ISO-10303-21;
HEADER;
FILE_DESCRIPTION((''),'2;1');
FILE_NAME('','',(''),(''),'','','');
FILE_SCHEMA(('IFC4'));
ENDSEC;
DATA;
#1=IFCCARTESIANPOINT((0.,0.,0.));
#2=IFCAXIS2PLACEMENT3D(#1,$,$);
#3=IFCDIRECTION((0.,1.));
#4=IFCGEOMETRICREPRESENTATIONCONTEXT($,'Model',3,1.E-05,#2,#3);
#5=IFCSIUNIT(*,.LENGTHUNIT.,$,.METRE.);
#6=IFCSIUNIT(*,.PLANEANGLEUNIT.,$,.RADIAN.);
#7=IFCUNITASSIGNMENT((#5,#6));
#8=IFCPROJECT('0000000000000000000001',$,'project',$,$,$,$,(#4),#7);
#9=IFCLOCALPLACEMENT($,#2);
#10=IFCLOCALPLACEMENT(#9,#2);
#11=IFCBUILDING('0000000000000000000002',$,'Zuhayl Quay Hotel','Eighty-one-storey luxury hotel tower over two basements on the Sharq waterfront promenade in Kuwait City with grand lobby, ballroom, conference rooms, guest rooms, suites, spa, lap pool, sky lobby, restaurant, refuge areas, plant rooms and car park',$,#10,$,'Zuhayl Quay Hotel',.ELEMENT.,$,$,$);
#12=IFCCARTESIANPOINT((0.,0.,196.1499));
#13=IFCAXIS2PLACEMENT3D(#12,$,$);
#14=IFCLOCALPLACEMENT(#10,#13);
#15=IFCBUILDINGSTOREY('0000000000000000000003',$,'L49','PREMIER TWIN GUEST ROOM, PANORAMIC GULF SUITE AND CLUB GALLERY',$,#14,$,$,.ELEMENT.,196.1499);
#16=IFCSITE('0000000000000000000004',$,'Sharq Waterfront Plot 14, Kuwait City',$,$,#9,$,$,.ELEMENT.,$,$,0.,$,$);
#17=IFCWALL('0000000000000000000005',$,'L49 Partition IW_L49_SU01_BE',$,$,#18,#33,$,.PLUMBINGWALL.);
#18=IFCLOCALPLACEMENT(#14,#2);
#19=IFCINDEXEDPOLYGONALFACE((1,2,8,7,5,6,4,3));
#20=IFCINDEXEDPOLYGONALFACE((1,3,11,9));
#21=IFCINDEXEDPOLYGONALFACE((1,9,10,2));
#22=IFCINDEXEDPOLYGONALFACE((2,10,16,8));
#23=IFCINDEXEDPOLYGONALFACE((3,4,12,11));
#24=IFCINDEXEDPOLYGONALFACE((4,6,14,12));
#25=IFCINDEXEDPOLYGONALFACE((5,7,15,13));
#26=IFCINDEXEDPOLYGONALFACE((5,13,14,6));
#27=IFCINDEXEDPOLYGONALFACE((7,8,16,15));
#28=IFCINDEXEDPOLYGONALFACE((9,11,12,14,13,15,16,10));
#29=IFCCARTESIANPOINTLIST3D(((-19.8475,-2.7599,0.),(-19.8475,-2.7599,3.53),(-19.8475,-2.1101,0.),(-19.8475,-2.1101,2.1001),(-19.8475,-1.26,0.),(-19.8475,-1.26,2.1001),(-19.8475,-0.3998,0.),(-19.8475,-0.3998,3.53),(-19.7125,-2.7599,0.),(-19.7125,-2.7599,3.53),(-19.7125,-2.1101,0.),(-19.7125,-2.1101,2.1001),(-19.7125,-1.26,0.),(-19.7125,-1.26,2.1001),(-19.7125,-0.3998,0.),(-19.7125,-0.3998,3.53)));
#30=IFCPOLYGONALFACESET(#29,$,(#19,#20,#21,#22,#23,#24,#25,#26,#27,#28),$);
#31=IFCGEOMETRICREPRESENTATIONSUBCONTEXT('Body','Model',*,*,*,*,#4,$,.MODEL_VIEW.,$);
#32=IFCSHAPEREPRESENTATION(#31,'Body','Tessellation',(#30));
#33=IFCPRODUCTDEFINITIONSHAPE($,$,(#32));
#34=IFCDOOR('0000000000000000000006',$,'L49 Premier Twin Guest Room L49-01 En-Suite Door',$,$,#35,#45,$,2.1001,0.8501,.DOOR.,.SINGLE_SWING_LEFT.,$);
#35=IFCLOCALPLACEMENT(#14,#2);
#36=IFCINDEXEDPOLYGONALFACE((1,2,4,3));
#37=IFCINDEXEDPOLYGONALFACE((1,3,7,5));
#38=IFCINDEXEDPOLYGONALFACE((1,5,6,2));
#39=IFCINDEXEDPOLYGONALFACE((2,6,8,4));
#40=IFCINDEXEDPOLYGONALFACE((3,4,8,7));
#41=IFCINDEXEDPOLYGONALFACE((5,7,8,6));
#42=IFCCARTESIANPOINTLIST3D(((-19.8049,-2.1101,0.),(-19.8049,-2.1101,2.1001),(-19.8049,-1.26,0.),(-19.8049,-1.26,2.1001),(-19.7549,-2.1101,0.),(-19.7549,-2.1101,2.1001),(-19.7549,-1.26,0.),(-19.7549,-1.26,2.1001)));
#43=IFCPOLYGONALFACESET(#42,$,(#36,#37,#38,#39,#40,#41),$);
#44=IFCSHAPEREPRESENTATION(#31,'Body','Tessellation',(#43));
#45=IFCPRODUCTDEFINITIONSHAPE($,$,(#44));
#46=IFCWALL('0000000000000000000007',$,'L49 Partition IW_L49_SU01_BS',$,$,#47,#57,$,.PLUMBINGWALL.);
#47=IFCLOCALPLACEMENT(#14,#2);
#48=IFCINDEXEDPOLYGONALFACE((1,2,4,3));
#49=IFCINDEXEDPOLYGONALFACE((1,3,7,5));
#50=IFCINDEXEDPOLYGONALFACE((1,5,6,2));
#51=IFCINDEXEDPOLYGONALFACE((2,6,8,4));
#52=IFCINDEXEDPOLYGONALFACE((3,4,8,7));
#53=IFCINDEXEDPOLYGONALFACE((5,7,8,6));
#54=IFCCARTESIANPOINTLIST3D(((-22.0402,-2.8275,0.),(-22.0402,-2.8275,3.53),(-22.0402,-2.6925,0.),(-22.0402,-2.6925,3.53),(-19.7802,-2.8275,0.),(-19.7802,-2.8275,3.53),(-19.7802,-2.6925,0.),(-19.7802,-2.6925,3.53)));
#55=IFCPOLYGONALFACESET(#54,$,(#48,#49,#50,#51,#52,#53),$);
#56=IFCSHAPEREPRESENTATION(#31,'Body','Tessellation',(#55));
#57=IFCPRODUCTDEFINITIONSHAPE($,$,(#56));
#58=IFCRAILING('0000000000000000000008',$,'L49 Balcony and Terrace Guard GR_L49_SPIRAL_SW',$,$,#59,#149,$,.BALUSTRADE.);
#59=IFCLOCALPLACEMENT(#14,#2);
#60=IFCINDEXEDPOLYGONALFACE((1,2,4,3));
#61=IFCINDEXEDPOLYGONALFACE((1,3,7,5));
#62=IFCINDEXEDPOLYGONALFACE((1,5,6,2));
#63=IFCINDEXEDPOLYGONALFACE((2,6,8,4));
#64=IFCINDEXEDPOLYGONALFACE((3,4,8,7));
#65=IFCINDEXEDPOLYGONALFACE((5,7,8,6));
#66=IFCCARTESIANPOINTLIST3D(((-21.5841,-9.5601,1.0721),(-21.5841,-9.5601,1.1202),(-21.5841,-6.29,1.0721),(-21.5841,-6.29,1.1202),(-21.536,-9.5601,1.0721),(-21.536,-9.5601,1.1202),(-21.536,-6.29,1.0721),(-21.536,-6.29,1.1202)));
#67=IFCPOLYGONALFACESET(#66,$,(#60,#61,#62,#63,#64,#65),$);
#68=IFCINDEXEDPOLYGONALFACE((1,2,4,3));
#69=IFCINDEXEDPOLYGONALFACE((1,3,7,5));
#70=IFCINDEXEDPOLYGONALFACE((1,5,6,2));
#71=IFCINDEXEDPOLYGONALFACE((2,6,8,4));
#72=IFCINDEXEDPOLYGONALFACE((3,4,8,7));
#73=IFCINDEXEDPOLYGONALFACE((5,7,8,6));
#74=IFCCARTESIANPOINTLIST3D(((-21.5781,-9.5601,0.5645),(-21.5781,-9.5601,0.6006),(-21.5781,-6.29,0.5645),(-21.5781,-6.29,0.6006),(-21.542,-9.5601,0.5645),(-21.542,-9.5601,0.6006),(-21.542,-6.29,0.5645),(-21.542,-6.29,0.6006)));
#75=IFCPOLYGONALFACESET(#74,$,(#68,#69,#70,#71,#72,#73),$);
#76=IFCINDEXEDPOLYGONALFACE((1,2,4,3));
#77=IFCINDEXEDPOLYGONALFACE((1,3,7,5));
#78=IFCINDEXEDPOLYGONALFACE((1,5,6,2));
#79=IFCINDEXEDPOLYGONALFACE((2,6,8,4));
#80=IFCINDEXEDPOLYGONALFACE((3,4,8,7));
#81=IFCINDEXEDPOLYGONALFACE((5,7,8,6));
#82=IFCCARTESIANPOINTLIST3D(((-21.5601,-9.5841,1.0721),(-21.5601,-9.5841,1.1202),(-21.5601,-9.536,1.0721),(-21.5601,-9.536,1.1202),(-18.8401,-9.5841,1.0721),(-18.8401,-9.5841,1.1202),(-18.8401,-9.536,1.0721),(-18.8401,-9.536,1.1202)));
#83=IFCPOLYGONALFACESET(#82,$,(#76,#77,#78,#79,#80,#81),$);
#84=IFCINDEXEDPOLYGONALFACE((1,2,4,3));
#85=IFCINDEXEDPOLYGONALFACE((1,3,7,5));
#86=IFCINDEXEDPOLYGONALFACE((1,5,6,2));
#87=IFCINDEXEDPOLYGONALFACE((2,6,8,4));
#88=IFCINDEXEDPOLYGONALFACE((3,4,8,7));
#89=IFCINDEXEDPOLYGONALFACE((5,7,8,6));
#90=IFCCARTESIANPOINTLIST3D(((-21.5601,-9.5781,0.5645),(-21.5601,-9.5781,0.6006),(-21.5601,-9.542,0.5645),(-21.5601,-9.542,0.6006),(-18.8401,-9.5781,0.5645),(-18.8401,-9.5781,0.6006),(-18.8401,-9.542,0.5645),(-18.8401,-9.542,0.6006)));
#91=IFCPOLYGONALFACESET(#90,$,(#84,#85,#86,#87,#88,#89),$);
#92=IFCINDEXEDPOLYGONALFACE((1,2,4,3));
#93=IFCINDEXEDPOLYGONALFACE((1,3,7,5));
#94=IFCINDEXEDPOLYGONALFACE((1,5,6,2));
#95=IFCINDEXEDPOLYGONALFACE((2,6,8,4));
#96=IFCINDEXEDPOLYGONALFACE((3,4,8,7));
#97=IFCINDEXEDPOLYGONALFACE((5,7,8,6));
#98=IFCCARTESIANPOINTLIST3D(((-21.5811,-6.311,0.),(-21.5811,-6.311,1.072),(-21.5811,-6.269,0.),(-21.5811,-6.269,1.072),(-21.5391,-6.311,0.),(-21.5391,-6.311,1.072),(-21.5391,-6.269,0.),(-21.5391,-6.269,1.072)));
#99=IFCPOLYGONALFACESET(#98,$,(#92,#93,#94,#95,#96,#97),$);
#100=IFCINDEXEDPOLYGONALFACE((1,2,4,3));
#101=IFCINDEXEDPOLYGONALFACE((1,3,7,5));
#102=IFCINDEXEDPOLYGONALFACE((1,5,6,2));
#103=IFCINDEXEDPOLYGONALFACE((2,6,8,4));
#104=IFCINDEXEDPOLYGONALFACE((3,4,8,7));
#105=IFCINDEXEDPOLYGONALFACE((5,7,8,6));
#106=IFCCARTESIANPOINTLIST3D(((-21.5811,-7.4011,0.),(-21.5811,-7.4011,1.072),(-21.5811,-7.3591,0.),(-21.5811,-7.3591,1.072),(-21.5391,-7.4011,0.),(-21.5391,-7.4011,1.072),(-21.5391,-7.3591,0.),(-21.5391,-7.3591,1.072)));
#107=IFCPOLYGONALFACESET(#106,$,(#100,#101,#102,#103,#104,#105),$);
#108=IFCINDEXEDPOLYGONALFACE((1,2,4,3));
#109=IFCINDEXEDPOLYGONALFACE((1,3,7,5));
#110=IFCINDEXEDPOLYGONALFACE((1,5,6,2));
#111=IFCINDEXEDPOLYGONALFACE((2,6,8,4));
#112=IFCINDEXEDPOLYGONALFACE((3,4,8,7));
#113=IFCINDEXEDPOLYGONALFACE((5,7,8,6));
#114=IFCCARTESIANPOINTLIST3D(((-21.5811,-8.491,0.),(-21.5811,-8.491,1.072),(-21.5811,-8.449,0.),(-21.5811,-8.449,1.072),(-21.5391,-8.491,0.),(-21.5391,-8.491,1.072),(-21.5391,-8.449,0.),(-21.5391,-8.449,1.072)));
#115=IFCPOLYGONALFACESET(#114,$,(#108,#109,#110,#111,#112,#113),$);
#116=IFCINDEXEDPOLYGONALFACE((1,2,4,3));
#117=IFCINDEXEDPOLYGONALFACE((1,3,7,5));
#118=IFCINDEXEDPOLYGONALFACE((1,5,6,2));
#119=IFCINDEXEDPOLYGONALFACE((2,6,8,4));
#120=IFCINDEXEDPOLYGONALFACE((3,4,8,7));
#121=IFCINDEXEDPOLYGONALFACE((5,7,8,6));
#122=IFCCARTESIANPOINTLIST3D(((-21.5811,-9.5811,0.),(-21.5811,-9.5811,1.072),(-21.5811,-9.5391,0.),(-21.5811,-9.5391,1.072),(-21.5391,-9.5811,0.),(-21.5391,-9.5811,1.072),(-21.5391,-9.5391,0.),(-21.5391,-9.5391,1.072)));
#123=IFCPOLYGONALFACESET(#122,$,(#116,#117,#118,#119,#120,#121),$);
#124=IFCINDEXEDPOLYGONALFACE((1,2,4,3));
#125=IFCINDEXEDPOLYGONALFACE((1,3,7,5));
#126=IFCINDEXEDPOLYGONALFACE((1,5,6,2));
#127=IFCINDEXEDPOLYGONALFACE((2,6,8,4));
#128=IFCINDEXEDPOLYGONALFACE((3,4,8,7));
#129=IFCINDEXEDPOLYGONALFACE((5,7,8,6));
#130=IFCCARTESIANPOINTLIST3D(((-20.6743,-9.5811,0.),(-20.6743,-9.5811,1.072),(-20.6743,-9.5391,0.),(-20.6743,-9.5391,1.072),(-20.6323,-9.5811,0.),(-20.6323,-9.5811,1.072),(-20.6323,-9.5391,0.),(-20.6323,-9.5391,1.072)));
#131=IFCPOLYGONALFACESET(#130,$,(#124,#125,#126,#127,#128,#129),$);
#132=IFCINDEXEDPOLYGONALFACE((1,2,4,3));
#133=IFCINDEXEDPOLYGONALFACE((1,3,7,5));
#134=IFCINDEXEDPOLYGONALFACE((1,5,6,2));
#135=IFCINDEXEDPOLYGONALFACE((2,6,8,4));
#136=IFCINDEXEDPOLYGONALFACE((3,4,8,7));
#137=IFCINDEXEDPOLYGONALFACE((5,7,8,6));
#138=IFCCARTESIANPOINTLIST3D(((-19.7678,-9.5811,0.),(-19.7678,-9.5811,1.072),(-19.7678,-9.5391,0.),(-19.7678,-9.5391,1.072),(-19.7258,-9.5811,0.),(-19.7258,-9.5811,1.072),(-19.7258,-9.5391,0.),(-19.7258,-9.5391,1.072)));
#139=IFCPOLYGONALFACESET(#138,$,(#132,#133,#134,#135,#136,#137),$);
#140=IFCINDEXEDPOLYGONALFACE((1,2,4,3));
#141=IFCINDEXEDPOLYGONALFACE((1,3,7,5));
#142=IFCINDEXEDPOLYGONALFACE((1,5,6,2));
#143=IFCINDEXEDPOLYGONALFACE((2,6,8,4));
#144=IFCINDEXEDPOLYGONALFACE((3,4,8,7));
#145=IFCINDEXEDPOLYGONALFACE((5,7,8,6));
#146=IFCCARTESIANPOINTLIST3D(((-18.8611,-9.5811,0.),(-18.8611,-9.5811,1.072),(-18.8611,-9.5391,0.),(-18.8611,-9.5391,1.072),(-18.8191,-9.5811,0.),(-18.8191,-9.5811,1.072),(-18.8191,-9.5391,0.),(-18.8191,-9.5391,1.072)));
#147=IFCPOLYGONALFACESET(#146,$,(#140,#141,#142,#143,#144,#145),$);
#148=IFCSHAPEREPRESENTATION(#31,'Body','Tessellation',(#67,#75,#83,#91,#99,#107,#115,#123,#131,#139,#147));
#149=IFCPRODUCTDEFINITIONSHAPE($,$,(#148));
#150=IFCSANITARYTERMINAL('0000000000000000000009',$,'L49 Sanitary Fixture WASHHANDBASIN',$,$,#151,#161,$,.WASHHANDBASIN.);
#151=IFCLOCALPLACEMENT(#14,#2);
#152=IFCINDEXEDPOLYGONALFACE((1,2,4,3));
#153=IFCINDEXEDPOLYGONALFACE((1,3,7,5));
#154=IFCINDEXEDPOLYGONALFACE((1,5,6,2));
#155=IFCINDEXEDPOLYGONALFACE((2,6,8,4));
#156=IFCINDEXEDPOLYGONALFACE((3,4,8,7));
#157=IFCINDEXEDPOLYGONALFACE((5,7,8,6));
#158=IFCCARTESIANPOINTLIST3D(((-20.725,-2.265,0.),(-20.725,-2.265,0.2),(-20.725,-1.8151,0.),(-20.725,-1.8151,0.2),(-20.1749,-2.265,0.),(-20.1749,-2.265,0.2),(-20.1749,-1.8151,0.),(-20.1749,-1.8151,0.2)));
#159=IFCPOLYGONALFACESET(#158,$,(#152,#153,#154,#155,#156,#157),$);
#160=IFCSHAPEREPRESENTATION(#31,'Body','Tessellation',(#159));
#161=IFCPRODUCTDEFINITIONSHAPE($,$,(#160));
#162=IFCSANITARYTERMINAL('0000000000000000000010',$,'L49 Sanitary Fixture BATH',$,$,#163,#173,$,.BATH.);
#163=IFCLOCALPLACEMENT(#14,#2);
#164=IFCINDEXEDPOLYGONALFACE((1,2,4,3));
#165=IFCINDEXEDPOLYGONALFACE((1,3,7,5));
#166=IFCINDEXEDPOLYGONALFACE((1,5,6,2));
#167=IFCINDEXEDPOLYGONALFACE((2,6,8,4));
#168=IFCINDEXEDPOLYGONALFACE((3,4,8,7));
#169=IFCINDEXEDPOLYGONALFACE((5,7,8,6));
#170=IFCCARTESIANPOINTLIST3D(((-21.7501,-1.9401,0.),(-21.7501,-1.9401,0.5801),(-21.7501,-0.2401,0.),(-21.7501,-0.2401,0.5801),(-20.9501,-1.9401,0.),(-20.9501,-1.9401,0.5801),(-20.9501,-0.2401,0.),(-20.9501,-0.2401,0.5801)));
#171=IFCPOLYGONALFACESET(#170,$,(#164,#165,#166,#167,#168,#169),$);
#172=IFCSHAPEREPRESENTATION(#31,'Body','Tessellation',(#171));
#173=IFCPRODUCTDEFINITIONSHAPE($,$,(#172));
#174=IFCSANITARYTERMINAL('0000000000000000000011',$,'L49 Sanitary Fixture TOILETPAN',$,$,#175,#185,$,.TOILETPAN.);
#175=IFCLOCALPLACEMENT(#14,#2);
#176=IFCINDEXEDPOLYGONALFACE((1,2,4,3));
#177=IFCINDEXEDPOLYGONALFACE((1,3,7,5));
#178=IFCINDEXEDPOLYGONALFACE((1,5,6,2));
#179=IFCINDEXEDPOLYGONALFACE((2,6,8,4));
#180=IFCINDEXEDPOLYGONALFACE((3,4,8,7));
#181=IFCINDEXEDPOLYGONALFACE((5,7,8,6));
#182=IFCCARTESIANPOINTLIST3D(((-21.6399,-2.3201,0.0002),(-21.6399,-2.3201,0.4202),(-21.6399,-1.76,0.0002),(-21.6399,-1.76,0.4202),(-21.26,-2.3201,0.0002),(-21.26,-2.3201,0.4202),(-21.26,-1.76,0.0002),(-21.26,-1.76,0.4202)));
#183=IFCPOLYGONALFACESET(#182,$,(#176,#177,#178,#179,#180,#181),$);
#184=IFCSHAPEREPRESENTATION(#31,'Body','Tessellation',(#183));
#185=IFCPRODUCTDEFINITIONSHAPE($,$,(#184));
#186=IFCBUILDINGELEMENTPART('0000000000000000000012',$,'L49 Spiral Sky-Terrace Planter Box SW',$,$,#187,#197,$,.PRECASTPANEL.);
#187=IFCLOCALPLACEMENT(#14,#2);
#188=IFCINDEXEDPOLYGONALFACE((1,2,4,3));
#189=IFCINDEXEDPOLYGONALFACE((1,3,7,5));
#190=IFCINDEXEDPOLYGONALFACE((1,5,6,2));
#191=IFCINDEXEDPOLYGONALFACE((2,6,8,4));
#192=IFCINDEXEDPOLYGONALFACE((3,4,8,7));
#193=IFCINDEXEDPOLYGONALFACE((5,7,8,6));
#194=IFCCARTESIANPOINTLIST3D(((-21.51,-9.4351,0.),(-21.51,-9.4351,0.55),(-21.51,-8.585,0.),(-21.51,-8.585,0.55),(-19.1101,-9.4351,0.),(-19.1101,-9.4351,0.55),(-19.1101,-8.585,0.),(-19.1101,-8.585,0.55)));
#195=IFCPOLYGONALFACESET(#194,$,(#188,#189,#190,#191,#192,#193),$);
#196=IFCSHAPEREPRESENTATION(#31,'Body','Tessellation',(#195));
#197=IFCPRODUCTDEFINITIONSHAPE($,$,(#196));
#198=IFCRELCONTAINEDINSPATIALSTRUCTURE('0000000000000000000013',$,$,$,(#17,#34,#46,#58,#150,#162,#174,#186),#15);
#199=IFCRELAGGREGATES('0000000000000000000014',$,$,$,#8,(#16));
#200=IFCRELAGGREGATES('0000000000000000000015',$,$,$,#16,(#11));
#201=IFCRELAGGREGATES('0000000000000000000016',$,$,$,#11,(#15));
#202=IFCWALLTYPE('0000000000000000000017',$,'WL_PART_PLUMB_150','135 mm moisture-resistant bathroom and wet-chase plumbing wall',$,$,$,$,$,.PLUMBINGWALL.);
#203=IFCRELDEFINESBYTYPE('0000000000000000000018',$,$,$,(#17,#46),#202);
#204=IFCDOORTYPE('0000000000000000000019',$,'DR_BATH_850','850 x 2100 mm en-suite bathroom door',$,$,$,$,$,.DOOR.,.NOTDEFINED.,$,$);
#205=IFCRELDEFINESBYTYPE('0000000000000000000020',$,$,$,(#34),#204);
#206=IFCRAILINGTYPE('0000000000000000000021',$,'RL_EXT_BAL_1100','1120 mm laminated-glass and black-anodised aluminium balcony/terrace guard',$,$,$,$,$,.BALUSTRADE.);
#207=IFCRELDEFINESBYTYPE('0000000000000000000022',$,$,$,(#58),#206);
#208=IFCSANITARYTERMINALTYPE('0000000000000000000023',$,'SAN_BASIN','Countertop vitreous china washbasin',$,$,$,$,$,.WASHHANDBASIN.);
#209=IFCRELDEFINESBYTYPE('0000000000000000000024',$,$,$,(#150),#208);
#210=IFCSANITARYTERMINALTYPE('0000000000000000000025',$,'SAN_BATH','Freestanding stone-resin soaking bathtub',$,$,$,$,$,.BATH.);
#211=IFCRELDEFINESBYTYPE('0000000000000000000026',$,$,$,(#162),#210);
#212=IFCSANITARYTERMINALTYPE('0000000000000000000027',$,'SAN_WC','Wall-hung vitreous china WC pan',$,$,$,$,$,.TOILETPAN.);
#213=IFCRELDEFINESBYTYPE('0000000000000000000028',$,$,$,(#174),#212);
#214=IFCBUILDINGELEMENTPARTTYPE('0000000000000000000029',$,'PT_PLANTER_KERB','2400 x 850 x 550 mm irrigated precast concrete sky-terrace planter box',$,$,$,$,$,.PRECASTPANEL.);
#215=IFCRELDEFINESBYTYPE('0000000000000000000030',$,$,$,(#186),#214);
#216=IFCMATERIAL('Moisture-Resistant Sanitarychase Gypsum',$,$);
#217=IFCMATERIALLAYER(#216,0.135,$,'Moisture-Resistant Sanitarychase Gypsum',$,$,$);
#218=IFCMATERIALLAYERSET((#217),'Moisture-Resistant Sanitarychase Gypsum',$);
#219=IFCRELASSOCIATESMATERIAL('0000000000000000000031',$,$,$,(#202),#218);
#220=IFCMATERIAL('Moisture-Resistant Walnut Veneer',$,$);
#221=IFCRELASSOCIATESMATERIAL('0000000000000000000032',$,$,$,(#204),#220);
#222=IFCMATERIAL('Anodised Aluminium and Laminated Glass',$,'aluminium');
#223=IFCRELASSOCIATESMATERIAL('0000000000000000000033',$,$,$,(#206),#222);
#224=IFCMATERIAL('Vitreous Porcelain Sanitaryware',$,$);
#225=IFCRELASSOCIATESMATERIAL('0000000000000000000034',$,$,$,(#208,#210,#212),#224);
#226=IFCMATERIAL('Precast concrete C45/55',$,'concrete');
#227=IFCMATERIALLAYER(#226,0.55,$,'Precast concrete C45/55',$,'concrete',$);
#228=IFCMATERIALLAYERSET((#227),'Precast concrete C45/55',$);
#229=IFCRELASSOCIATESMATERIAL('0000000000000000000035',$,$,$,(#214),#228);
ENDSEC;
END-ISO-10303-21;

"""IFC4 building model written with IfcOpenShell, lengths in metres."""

from ifc_helpers import new_model, si_unit, direction, frame, frame_2d, origin, origin_2d, place, context, subcontext, project, spatial, rectangle, extrude, material, layer, layer_set, type_object, element, fill, save


model = new_model("IFC4")

# Units and contexts
model_context = context("Model", 3, precision=1e-05, world=origin(), true_north=direction((0.0, 1.0)))
body_context = subcontext(model_context, "Body", "Model", "MODEL_VIEW")
ifc_project = project(units=[si_unit("LENGTHUNIT", "METRE"), si_unit("PLANEANGLEUNIT", "RADIAN")], contexts=[model_context])

# Site, building, storey
site_placement = place(None, origin())
site = spatial("IfcSite", under=ifc_project, at=site_placement, Name="Sharq Waterfront Plot 14, Kuwait City", CompositionType="ELEMENT", RefElevation=0.0)
building_placement = place(site_placement, origin())
building = spatial("IfcBuilding", under=site, at=building_placement, Name="Zuhayl Quay Hotel", Description="Eighty-one-storey luxury hotel tower over two basements on the Sharq waterfront promenade in Kuwait City with grand lobby, ballroom, conference rooms, guest rooms, suites, spa, lap pool, sky lobby, restaurant, refuge areas, plant rooms and car park", LongName="Zuhayl Quay Hotel", CompositionType="ELEMENT")
storey_placement = place(building_placement, frame((0.0, 0.0, 196.1499)))
storey = spatial("IfcBuildingStorey", under=building, at=storey_placement, Name="L49", Description="PREMIER TWIN GUEST ROOM, PANORAMIC GULF SUITE AND CLUB GALLERY", CompositionType="ELEMENT", Elevation=196.1499)

# Shared definitions
ifc_material_1 = material(Name="Precast concrete C45/55", Category="concrete")

# Wall, opening, door
ifc_material_2 = material(Name="Moisture-Resistant Sanitarychase Gypsum")
ifc_layer_1 = layer(ifc_material_2, 0.135, Name="Moisture-Resistant Sanitarychase Gypsum")
ifc_layer_set_1 = layer_set([ifc_layer_1], Name="Moisture-Resistant Sanitarychase Gypsum")
wall_type_1 = type_object("IfcWallType", Name="WL_PART_PLUMB_150", Description="135 mm moisture-resistant bathroom and wet-chase plumbing wall", PredefinedType="PLUMBINGWALL", material=ifc_layer_set_1)
wall_1_placement = place(storey_placement, frame((-19.78, -2.76, 0.0), z_axis=(0.0, 0.0, 1.0), x_axis=(0.0, 1.0, 0.0)))
wall_1 = element("IfcWall", 1, at=wall_1_placement, inside=storey, type_object=wall_type_1, Name="L49 Partition IW_L49_SU01_BE", PredefinedType="PLUMBINGWALL", context=body_context, shape_type="SweptSolid", body=[
    extrude(rectangle(XDim=2.3601, YDim=0.135, at=frame_2d((1.1802, 0.0))), origin(), (0.0, 0.0, 1.0), 3.53),
])
opening_1_placement = place(wall_1_placement, frame((0.6499, 0.0, 0.0)))
opening_1 = element("IfcOpeningElement", 2, at=opening_1_placement, cuts=wall_1, PredefinedType="OPENING", context=body_context, shape_type="SweptSolid", body=[
    extrude(rectangle(XDim=0.8501, YDim=2.1001, at=frame_2d((0.425, 1.05))), frame((0.0, 0.0774, 0.0), z_axis=(0.0, -1.0, 0.0), x_axis=(1.0, 0.0, 0.0)), (0.0, 0.0, 1.0), 0.155),
])
ifc_material_3 = material(Name="Moisture-Resistant Walnut Veneer")
door_type_1 = type_object("IfcDoorType", Name="DR_BATH_850", Description="850 x 2100 mm en-suite bathroom door", OperationType="NOTDEFINED", PredefinedType="DOOR", material=ifc_material_3)
door_1_placement = place(opening_1_placement, origin())
door_1 = element("IfcDoor", 3, at=door_1_placement, inside=storey, type_object=door_type_1, Name="L49 Premier Twin Guest Room L49-01 En-Suite Door", OperationType="SINGLE_SWING_LEFT", OverallHeight=2.1001, OverallWidth=0.8501, PredefinedType="DOOR", context=body_context, shape_type="SweptSolid", body=[
    extrude(rectangle(XDim=0.8501, YDim=2.1001, at=frame_2d((0.425, 1.05))), frame((0.0, 0.0249, 0.0), z_axis=(0.0, -1.0, 0.0), x_axis=(1.0, 0.0, 0.0)), (0.0, 0.0, 1.0), 0.05),
])
fill(opening_1, door_1)

# Wall
wall_2_placement = place(storey_placement, frame((-22.04, -2.76, 0.0), z_axis=(0.0, 0.0, 1.0), x_axis=(1.0, 0.0, 0.0)))
element("IfcWall", 4, at=wall_2_placement, inside=storey, type_object=wall_type_1, Name="L49 Partition IW_L49_SU01_BS", PredefinedType="PLUMBINGWALL", context=body_context, shape_type="SweptSolid", body=[
    extrude(rectangle(XDim=2.26, YDim=0.135, at=frame_2d((1.1299, 0.0))), origin(), (0.0, 0.0, 1.0), 3.53),
])

# Railing
ifc_material_4 = material(Name="Anodised Aluminium and Laminated Glass", Category="aluminium")
railing_type = type_object("IfcRailingType", Name="RL_EXT_BAL_1100", Description="1120 mm laminated-glass and black-anodised aluminium balcony/terrace guard", PredefinedType="BALUSTRADE", material=ifc_material_4)
railing_1_placement = place(storey_placement, frame((-21.5601, -6.29, 0.0)))
element("IfcRailing", 5, at=railing_1_placement, inside=storey, type_object=railing_type, Name="L49 Balcony and Terrace Guard GR_L49_SPIRAL_SW", PredefinedType="BALUSTRADE", context=body_context, shape_type="SweptSolid", body=[
    extrude(rectangle(XDim=0.0481, YDim=0.0481, at=origin_2d()), frame((0.0, 0.0, 1.0962), z_axis=(0.0, -1.0, 0.0), x_axis=(1.0, 0.0, 0.0)), (0.0, 0.0, 1.0), 3.27),
    extrude(rectangle(XDim=0.0361, YDim=0.0361, at=origin_2d()), frame((0.0, 0.0, 0.5825), z_axis=(0.0, -1.0, 0.0), x_axis=(1.0, 0.0, 0.0)), (0.0, 0.0, 1.0), 3.27),
    extrude(rectangle(XDim=0.0481, YDim=0.0481, at=origin_2d()), frame((0.0, -3.27, 1.0962), z_axis=(1.0, 0.0, 0.0), x_axis=(0.0, 1.0, 0.0)), (0.0, 0.0, 1.0), 2.72),
    extrude(rectangle(XDim=0.0361, YDim=0.0361, at=origin_2d()), frame((0.0, -3.27, 0.5825), z_axis=(1.0, 0.0, 0.0), x_axis=(0.0, 1.0, 0.0)), (0.0, 0.0, 1.0), 2.72),
    extrude(rectangle(XDim=0.042, YDim=0.042, at=origin_2d()), origin(), (0.0, 0.0, 1.0), 1.072),
    extrude(rectangle(XDim=0.042, YDim=0.042, at=origin_2d()), frame((0.0, -1.0901, 0.0)), (0.0, 0.0, 1.0), 1.072),
    extrude(rectangle(XDim=0.042, YDim=0.042, at=origin_2d()), frame((0.0, -2.1799, 0.0)), (0.0, 0.0, 1.0), 1.072),
    extrude(rectangle(XDim=0.042, YDim=0.042, at=origin_2d()), frame((0.0, -3.27, 0.0)), (0.0, 0.0, 1.0), 1.072),
    extrude(rectangle(XDim=0.042, YDim=0.042, at=origin_2d()), frame((0.9067, -3.27, 0.0)), (0.0, 0.0, 1.0), 1.072),
    extrude(rectangle(XDim=0.042, YDim=0.042, at=origin_2d()), frame((1.8132, -3.27, 0.0)), (0.0, 0.0, 1.0), 1.072),
    extrude(rectangle(XDim=0.042, YDim=0.042, at=origin_2d()), frame((2.72, -3.27, 0.0)), (0.0, 0.0, 1.0), 1.072),
])

# Sanitary terminals
ifc_material_5 = material(Name="Vitreous Porcelain Sanitaryware")
sanitary_terminal_type_1 = type_object("IfcSanitaryTerminalType", Name="SAN_BASIN", Description="Countertop vitreous china washbasin", PredefinedType="WASHHANDBASIN", material=ifc_material_5)
sanitary_terminal_1_placement = place(storey_placement, frame((-20.45, -2.04, 0.0), z_axis=(0.0, 0.0, 1.0), x_axis=(1.0, 0.0, 0.0)))
element("IfcSanitaryTerminal", 6, at=sanitary_terminal_1_placement, inside=storey, type_object=sanitary_terminal_type_1, Name="L49 Sanitary Fixture WASHHANDBASIN", PredefinedType="WASHHANDBASIN", context=body_context, shape_type="SweptSolid", body=[
    extrude(rectangle(XDim=0.55, YDim=0.45, at=origin_2d()), origin(), (0.0, 0.0, 1.0), 0.2),
])
sanitary_terminal_type_2 = type_object("IfcSanitaryTerminalType", Name="SAN_BATH", Description="Freestanding stone-resin soaking bathtub", PredefinedType="BATH", material=ifc_material_5)
sanitary_terminal_2_placement = place(storey_placement, frame((-21.3501, -1.0901, 0.0), z_axis=(0.0, 0.0, 1.0), x_axis=(1.0, 0.0, 0.0)))
element("IfcSanitaryTerminal", 7, at=sanitary_terminal_2_placement, inside=storey, type_object=sanitary_terminal_type_2, Name="L49 Sanitary Fixture BATH", PredefinedType="BATH", context=body_context, shape_type="SweptSolid", body=[
    extrude(rectangle(XDim=0.8, YDim=1.7, at=origin_2d()), origin(), (0.0, 0.0, 1.0), 0.5801),
])
sanitary_terminal_type_3 = type_object("IfcSanitaryTerminalType", Name="SAN_WC", Description="Wall-hung vitreous china WC pan", PredefinedType="TOILETPAN", material=ifc_material_5)
sanitary_terminal_3_placement = place(storey_placement, frame((-21.45, -2.04, 0.0002), z_axis=(0.0, 0.0, 1.0), x_axis=(1.0, 0.0, 0.0)))
element("IfcSanitaryTerminal", 8, at=sanitary_terminal_3_placement, inside=storey, type_object=sanitary_terminal_type_3, Name="L49 Sanitary Fixture TOILETPAN", PredefinedType="TOILETPAN", context=body_context, shape_type="SweptSolid", body=[
    extrude(rectangle(XDim=0.3799, YDim=0.5601, at=origin_2d()), origin(), (0.0, 0.0, 1.0), 0.4199),
])

# Building element part
ifc_layer_2 = layer(ifc_material_1, 0.55, Name="Precast concrete C45/55", Category="concrete")
ifc_layer_set_2 = layer_set([ifc_layer_2], Name="Precast concrete C45/55")
building_element_part_type = type_object("IfcBuildingElementPartType", Name="PT_PLANTER_KERB", Description="2400 x 850 x 550 mm irrigated precast concrete sky-terrace planter box", PredefinedType="PRECASTPANEL", material=ifc_layer_set_2)
building_element_part_placement = place(storey_placement, frame((-20.3101, -9.01, 0.0), z_axis=(0.0, 0.0, 1.0), x_axis=(1.0, 0.0, 0.0)))
element("IfcBuildingElementPart", 9, at=building_element_part_placement, inside=storey, type_object=building_element_part_type, Name="L49 Spiral Sky-Terrace Planter Box SW", PredefinedType="PRECASTPANEL", context=body_context, shape_type="SweptSolid", body=[
    extrude(rectangle(XDim=2.3999, YDim=0.8501, at=origin_2d()), origin(), (0.0, 0.0, 1.0), 0.55),
])

save(model, "model.ifc")
